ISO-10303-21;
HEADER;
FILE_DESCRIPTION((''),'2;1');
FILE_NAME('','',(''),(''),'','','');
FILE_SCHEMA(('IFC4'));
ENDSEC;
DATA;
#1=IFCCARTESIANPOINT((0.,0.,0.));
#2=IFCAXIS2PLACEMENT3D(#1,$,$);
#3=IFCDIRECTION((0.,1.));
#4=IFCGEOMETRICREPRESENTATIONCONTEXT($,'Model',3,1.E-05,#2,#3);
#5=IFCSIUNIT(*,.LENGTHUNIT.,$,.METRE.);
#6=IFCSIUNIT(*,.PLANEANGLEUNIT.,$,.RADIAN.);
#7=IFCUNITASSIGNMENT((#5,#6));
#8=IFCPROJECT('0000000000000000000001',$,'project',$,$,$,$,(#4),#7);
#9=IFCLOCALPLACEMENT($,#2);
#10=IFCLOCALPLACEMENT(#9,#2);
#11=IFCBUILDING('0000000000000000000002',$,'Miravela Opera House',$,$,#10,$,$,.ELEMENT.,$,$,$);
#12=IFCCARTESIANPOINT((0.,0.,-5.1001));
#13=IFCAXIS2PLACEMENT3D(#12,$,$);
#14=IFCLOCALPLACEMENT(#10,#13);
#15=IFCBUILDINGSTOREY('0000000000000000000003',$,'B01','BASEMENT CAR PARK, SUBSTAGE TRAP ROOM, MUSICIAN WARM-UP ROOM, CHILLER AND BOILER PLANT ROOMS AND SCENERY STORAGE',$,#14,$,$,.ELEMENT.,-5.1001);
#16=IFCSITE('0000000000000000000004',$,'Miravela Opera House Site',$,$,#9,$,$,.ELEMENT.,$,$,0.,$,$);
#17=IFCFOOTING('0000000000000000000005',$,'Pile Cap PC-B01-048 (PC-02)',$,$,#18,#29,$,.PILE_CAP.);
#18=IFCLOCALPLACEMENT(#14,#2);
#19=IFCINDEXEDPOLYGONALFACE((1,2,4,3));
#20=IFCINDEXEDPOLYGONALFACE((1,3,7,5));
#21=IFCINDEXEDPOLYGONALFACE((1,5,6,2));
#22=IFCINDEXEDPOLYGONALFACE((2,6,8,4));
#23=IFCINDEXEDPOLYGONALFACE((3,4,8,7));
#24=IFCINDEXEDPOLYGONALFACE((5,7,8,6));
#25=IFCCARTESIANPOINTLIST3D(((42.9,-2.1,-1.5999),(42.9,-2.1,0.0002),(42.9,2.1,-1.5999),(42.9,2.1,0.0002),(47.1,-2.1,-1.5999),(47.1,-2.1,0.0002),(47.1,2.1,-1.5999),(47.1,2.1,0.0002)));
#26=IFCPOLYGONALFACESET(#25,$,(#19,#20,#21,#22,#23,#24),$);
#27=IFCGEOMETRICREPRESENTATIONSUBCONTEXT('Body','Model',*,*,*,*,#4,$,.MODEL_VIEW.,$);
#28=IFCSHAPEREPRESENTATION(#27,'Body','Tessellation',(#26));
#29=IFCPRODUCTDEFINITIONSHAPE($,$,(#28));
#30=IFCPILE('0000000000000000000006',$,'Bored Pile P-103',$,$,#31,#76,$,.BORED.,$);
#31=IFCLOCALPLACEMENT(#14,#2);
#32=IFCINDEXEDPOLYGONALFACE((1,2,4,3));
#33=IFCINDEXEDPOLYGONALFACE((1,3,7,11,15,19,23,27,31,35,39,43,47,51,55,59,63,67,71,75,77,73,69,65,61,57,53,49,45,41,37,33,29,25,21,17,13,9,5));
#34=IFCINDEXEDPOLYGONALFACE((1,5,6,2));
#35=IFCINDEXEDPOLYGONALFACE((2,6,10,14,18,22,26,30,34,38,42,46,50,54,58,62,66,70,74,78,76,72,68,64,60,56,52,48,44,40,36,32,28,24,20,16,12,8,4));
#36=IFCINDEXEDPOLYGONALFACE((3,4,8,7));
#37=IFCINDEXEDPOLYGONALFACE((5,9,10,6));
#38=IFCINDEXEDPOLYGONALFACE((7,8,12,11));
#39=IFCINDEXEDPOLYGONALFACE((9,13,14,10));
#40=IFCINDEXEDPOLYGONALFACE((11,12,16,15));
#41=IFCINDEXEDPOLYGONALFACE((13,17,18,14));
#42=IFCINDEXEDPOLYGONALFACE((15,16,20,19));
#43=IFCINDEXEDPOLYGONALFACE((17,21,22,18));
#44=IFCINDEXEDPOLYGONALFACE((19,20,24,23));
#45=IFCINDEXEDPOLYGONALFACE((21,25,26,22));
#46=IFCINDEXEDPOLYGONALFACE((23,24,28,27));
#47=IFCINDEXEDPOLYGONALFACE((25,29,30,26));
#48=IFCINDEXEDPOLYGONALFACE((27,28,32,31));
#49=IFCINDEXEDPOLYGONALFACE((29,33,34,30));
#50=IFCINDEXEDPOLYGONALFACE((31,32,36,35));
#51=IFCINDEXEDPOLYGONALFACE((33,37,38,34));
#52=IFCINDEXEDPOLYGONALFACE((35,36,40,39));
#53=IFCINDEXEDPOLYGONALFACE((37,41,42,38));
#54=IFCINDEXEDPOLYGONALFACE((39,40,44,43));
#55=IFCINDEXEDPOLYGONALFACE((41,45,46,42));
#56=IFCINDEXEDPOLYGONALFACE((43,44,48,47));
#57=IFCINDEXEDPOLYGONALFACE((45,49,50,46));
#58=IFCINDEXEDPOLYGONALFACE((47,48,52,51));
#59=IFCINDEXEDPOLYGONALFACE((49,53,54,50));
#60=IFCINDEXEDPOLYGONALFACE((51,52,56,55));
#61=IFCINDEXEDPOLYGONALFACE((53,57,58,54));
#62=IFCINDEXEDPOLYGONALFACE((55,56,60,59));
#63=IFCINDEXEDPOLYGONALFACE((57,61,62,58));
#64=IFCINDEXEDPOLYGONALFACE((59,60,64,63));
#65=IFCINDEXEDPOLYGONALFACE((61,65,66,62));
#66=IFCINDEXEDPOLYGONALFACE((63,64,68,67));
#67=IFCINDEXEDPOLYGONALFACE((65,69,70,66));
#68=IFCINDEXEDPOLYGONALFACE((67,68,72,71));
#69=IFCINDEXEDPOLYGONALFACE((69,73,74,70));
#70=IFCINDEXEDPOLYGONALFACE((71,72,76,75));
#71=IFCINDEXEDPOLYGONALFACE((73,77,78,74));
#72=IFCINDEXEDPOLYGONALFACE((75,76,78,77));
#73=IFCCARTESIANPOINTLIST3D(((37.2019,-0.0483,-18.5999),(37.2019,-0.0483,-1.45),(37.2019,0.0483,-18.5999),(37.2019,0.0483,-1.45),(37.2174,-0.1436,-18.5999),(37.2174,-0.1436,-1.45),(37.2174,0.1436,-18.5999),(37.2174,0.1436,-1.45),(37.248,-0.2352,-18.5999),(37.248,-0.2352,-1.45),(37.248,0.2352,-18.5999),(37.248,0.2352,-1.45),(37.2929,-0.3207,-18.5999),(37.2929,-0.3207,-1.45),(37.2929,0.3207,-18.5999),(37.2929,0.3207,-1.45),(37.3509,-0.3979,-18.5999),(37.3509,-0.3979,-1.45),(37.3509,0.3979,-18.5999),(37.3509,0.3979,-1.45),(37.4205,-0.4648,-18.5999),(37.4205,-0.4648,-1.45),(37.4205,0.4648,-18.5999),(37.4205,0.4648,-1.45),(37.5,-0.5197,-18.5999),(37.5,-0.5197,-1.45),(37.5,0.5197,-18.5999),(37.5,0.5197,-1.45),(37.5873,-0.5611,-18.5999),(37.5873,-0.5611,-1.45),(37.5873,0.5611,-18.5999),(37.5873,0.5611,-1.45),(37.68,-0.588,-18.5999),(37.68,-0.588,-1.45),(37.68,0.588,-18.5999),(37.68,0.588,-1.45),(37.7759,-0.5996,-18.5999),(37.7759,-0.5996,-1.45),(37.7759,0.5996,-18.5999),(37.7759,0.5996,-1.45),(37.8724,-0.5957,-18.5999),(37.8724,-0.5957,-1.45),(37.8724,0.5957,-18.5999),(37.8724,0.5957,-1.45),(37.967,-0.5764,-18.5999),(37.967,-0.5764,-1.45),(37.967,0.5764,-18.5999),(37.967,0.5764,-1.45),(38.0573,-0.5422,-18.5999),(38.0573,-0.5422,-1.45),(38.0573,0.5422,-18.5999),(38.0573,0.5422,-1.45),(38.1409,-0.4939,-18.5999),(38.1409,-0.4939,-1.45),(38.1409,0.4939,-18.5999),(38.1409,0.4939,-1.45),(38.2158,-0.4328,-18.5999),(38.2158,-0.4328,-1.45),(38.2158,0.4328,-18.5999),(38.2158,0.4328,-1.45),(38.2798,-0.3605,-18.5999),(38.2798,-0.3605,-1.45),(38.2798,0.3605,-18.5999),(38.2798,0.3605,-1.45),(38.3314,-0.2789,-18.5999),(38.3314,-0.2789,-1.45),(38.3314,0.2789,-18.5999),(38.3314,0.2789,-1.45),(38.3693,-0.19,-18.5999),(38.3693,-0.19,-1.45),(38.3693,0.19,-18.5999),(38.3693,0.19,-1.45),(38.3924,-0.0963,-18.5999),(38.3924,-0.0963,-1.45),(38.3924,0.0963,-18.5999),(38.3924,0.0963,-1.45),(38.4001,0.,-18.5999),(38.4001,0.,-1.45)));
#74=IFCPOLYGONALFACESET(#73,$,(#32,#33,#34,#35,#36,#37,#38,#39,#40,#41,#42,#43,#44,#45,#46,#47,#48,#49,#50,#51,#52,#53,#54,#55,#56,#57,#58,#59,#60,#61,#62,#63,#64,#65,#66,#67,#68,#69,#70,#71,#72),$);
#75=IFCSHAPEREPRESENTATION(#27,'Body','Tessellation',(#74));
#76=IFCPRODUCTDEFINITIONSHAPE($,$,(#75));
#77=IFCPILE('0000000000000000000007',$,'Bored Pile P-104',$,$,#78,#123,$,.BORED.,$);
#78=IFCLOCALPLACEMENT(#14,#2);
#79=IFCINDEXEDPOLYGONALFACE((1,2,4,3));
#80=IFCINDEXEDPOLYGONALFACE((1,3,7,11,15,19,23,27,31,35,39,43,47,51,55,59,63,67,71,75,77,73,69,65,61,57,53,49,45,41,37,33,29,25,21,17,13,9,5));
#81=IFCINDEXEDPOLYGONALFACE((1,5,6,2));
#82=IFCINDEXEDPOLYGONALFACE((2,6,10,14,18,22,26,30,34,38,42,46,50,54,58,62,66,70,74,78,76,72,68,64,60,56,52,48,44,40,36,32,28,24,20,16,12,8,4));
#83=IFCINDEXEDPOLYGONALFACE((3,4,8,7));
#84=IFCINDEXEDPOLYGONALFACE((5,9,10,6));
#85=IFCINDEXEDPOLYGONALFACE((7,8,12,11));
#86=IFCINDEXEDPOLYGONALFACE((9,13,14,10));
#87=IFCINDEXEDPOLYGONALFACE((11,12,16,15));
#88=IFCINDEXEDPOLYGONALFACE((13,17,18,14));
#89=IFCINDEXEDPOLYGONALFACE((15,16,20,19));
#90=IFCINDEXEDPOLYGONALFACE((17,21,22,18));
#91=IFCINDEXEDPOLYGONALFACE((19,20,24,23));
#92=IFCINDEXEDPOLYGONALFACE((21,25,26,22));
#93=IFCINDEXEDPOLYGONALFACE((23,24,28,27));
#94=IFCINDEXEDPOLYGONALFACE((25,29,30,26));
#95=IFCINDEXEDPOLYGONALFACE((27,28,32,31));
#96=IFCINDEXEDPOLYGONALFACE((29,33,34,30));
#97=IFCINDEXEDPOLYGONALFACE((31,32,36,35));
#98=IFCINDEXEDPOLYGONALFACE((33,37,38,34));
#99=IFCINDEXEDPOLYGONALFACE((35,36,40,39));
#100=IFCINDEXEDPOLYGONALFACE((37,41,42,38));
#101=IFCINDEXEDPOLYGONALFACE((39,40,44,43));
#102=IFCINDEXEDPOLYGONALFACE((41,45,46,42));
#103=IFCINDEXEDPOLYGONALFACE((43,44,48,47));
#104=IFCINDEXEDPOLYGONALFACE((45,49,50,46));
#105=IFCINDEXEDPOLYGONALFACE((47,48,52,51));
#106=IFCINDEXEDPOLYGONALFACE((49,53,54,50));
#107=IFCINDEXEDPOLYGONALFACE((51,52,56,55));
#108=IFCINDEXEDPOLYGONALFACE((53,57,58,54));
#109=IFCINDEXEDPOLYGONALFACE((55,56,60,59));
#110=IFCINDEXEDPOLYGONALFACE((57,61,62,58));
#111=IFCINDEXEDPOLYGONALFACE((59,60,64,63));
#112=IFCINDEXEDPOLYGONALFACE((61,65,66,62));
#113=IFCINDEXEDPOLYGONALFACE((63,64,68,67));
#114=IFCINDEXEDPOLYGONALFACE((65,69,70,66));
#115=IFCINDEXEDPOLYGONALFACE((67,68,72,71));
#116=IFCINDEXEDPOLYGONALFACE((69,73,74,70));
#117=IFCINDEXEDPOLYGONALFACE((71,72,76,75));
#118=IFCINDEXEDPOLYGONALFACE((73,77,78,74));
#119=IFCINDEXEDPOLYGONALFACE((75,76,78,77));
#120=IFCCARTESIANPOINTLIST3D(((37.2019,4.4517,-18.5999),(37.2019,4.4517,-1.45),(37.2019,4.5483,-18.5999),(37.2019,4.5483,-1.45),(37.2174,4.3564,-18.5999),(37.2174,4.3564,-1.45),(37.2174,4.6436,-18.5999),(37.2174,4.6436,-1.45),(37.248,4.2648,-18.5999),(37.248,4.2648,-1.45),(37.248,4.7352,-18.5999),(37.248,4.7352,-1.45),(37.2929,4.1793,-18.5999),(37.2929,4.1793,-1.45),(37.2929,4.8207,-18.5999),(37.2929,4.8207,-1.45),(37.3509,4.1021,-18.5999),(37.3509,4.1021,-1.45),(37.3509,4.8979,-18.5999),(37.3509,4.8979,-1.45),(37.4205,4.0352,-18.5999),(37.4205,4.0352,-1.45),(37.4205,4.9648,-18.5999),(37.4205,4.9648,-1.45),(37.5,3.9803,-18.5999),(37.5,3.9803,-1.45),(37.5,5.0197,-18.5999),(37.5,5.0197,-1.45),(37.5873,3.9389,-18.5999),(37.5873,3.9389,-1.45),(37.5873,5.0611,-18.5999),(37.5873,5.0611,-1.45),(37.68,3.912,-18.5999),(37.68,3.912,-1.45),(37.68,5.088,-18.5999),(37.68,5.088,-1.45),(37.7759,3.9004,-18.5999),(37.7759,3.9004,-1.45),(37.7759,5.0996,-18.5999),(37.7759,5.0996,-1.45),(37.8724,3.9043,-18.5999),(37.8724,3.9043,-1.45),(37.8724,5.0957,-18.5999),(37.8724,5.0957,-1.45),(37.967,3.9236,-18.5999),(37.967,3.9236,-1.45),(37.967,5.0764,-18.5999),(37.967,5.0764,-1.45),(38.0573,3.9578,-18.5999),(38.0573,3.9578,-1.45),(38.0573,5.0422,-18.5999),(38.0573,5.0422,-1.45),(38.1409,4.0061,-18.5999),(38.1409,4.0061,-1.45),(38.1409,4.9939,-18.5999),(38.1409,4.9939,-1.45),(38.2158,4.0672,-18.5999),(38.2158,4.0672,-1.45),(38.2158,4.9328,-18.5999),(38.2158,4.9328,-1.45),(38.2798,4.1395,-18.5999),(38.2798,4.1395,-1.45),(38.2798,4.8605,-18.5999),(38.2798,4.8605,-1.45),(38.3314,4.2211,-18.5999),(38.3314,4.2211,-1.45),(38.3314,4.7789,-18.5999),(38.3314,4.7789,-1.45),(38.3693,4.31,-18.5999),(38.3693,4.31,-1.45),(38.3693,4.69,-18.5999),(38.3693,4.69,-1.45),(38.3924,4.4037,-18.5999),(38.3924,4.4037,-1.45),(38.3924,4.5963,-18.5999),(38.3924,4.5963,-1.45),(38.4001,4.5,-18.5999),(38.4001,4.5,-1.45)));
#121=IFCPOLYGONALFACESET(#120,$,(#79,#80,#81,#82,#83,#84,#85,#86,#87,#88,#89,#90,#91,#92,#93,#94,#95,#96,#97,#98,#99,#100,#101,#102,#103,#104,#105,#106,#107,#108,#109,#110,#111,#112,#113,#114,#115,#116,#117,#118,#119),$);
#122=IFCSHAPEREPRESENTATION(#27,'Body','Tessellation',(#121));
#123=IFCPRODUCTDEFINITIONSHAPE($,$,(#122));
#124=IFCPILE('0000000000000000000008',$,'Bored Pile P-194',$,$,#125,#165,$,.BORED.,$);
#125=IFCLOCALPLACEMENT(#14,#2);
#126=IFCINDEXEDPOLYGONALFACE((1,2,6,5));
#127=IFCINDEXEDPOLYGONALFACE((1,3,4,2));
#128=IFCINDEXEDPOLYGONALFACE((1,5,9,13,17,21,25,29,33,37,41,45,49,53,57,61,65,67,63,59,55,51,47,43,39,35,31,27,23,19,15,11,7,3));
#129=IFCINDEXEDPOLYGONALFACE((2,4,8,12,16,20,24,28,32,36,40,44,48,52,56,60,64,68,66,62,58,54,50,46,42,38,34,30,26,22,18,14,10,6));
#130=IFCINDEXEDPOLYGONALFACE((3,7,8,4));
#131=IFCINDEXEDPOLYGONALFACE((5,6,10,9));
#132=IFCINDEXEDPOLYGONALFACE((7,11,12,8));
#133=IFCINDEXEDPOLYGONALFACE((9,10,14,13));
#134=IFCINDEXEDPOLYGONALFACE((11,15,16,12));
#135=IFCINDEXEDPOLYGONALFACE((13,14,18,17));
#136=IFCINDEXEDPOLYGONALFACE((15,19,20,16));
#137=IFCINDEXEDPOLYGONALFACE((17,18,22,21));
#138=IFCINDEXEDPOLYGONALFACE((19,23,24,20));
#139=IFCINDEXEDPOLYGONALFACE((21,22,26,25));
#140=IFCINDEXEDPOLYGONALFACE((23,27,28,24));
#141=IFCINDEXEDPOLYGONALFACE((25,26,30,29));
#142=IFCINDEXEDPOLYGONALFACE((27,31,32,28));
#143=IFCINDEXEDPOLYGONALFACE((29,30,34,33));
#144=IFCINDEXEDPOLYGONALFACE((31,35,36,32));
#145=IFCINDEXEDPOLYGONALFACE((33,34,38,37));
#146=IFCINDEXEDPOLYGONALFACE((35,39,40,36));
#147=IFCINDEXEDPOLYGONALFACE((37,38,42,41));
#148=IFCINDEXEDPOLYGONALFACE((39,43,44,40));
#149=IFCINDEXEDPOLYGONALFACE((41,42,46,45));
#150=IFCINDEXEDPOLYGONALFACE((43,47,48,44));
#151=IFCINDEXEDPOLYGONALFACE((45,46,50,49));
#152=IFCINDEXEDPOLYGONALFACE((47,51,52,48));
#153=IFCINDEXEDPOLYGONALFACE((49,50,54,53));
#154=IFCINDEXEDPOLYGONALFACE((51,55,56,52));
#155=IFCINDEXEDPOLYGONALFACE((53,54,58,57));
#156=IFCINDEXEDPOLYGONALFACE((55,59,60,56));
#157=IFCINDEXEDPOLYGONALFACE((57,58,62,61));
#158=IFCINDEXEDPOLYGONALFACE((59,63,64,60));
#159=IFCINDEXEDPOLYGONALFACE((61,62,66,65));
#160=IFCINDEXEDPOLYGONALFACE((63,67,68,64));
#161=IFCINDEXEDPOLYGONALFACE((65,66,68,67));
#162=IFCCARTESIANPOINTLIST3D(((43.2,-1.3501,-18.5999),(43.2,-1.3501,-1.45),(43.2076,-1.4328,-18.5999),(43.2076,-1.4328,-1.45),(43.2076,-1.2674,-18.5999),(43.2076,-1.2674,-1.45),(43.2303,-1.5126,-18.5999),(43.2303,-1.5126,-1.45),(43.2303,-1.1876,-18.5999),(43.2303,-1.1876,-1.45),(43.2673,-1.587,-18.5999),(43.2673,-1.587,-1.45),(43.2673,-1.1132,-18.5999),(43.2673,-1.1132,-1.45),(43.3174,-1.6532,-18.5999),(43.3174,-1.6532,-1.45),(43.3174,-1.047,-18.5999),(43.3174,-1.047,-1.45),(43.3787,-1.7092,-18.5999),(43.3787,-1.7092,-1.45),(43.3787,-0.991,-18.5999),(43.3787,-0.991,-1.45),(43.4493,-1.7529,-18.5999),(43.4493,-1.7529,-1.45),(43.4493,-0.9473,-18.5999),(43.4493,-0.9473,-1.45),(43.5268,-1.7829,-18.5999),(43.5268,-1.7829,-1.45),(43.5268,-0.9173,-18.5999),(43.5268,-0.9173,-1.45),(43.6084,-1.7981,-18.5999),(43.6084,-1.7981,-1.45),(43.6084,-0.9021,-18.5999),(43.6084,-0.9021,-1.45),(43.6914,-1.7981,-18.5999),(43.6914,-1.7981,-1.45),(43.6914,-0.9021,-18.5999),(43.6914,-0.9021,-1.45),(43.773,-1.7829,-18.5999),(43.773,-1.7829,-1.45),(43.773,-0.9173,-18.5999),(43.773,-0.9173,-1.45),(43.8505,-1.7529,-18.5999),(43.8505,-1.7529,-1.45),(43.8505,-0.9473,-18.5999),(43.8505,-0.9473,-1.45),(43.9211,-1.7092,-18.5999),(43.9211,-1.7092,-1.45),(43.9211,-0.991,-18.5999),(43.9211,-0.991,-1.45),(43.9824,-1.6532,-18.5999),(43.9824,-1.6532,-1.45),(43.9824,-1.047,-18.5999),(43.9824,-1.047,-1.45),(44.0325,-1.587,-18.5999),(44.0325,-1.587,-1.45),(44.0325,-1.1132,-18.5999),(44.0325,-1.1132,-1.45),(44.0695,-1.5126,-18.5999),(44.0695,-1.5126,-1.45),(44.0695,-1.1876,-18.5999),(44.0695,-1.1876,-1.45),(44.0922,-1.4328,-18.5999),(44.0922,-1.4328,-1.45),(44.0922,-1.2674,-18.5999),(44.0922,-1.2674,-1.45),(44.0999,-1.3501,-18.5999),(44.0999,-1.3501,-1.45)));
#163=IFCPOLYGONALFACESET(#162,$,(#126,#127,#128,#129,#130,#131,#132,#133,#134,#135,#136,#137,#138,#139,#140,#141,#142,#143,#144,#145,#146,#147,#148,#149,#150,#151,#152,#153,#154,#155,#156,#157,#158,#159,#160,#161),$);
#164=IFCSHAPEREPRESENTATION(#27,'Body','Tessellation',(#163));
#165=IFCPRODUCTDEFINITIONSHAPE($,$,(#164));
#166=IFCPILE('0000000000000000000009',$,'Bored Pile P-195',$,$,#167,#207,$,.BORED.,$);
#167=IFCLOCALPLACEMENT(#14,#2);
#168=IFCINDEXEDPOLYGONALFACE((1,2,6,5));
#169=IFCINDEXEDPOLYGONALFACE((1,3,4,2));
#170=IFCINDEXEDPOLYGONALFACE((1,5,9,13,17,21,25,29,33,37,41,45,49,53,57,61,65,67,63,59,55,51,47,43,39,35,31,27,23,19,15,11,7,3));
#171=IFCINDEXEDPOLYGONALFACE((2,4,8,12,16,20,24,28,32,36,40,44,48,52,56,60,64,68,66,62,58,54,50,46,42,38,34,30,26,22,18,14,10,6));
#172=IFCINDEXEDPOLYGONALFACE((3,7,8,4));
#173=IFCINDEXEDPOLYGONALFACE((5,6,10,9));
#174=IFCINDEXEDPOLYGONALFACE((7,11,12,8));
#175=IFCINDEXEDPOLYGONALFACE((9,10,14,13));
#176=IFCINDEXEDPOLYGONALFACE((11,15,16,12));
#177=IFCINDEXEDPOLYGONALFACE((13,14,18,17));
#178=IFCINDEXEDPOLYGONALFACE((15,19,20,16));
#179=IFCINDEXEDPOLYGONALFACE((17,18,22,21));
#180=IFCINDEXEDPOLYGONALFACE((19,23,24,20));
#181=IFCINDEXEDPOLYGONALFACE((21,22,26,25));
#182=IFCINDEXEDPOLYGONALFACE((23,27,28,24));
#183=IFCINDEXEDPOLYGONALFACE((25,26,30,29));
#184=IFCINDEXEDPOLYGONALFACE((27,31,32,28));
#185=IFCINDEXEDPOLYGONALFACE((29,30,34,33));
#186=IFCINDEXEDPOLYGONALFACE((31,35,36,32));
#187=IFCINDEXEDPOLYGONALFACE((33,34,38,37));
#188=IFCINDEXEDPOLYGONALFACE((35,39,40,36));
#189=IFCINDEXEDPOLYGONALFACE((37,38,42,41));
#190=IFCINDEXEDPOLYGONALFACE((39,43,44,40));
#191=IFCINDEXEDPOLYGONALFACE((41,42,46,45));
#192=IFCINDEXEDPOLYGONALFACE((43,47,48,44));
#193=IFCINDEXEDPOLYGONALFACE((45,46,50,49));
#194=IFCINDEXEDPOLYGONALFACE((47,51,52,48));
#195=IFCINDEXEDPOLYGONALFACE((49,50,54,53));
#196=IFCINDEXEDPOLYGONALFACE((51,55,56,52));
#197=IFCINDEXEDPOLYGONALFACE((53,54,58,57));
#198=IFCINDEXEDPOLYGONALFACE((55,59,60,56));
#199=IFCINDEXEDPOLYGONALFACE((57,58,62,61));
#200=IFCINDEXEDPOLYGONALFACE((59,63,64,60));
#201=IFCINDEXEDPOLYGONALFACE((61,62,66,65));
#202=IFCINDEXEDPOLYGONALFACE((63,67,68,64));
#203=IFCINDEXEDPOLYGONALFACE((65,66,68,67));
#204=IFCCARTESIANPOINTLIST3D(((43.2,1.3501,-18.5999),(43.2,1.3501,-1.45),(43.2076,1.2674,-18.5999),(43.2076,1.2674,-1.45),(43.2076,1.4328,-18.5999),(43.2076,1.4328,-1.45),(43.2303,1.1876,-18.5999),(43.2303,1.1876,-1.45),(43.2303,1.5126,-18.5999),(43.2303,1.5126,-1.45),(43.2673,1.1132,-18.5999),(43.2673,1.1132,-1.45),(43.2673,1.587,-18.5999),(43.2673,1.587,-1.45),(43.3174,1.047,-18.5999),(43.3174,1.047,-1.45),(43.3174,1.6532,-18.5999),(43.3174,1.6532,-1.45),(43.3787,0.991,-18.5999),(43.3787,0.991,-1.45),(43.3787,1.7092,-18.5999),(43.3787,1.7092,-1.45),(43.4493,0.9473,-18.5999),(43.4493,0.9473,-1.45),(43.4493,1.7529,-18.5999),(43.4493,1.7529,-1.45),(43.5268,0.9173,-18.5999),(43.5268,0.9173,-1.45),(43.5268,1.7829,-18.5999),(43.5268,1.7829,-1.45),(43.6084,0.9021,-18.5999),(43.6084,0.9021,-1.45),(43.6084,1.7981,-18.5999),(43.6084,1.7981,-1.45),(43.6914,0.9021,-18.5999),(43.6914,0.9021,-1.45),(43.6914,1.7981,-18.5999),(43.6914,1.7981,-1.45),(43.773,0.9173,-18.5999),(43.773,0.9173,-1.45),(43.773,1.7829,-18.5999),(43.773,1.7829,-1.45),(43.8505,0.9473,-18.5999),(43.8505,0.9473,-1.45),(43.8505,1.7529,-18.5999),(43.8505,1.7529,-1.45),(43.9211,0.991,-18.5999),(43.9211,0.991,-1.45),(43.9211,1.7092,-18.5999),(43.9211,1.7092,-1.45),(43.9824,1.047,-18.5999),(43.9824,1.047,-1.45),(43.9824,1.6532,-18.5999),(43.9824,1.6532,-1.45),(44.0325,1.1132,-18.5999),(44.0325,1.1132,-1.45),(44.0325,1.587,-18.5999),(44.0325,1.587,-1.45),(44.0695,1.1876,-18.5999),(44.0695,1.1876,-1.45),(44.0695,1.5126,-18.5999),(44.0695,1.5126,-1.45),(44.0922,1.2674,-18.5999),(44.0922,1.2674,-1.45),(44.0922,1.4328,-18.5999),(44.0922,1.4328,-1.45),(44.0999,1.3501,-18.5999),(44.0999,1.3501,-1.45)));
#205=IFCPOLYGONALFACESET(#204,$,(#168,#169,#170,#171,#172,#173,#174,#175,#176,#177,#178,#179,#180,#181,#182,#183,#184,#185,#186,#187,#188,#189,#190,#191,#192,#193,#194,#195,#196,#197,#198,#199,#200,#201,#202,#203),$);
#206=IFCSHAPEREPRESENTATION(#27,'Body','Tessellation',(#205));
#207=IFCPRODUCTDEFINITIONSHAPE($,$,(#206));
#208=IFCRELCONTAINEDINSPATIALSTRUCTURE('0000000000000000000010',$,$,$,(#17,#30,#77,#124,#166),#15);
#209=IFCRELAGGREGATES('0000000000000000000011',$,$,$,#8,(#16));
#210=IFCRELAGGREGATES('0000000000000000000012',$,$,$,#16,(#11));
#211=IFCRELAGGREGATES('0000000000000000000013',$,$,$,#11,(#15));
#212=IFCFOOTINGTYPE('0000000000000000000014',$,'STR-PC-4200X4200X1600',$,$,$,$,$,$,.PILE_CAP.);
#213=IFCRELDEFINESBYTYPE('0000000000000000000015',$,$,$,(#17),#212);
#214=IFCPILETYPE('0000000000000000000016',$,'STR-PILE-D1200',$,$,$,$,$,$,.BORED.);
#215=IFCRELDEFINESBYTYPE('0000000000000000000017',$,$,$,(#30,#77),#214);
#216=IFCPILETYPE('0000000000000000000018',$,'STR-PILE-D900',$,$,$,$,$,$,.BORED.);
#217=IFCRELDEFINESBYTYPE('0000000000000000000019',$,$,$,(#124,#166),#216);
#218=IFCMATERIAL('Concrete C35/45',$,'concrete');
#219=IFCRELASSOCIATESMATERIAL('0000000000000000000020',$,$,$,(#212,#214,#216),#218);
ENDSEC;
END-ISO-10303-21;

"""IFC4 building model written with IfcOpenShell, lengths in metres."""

from ifc_helpers import new_model, si_unit, direction, frame, origin, origin_2d, place, context, subcontext, project, spatial, rectangle, circle, extrude, material, material_profile, profile_set, type_object, element, save


model = new_model("IFC4")

# Units and contexts
model_context = context("Model", 3, precision=1e-05, world=origin(), true_north=direction((0.0, 1.0)))
body_context = subcontext(model_context, "Body", "Model", "MODEL_VIEW")
ifc_project = project(units=[si_unit("LENGTHUNIT", "METRE"), si_unit("PLANEANGLEUNIT", "RADIAN")], contexts=[model_context])

# Site, building, storey
site_placement = place(None, origin())
site = spatial("IfcSite", under=ifc_project, at=site_placement, Name="Miravela Opera House Site", CompositionType="ELEMENT", RefElevation=0.0)
building_placement = place(site_placement, origin())
building = spatial("IfcBuilding", under=site, at=building_placement, Name="Miravela Opera House", CompositionType="ELEMENT")
storey_placement = place(building_placement, frame((0.0, 0.0, -5.1001)))
storey = spatial("IfcBuildingStorey", under=building, at=storey_placement, Name="B01", Description="BASEMENT CAR PARK, SUBSTAGE TRAP ROOM, MUSICIAN WARM-UP ROOM, CHILLER AND BOILER PLANT ROOMS AND SCENERY STORAGE", CompositionType="ELEMENT", Elevation=-5.1001)

# Footing
ifc_material_1 = material(Name="Concrete C35/45", Category="concrete")
footing_type = type_object("IfcFootingType", Name="STR-PC-4200X4200X1600", PredefinedType="PILE_CAP", material=ifc_material_1)
footing_placement = place(storey_placement, frame((45.0, 0.0, -1.5999), z_axis=(0.0, 0.0, 1.0), x_axis=(1.0, 0.0, 0.0)))
element("IfcFooting", 1, at=footing_placement, inside=storey, type_object=footing_type, Name="Pile Cap PC-B01-048 (PC-02)", PredefinedType="PILE_CAP", context=body_context, shape_type="SweptSolid", body=[
    extrude(rectangle(XDim=4.2, YDim=4.2, at=origin_2d()), origin(), (0.0, 0.0, 1.0), 1.6001),
])

# Piles
ifc_material_profile_1 = material_profile(ifc_material_1, circle(Radius=0.6001, at=origin_2d()), Name="PILE-D1200")
ifc_profile_set_1 = profile_set([ifc_material_profile_1])
pile_type_1 = type_object("IfcPileType", Name="STR-PILE-D1200", PredefinedType="BORED", material=ifc_profile_set_1)
for number, where, z_axis, x_axis, name in (
    (2, (37.8, 0.0, -1.45), (0.0, 0.0, -1.0), (1.0, 0.0, 0.0), "Bored Pile P-103"),
    (3, (37.8, 4.5, -1.45), (0.0, 0.0, -1.0), (1.0, 0.0, 0.0), "Bored Pile P-104"),
):
    element("IfcPile", number, at=place(storey_placement, frame(where, z_axis=z_axis, x_axis=x_axis)), inside=storey, type_object=pile_type_1, Name=name, PredefinedType="BORED", context=body_context, shape_type="SweptSolid", body=[
        extrude(circle(Radius=0.6001, at=origin_2d()), origin(), (0.0, 0.0, 1.0), 17.1499),
    ])
ifc_material_profile_2 = material_profile(ifc_material_1, circle(Radius=0.45, at=origin_2d()), Name="PILE-D900")
ifc_profile_set_2 = profile_set([ifc_material_profile_2])
pile_type_2 = type_object("IfcPileType", Name="STR-PILE-D900", PredefinedType="BORED", material=ifc_profile_set_2)
for number, where, z_axis, x_axis, name in (
    (4, (43.6499, -1.3501, -1.45), (0.0, 0.0, -1.0), (1.0, 0.0, 0.0), "Bored Pile P-194"),
    (5, (43.6499, 1.3501, -1.45), (0.0, 0.0, -1.0), (1.0, 0.0, 0.0), "Bored Pile P-195"),
):
    element("IfcPile", number, at=place(storey_placement, frame(where, z_axis=z_axis, x_axis=x_axis)), inside=storey, type_object=pile_type_2, Name=name, PredefinedType="BORED", context=body_context, shape_type="SweptSolid", body=[
        extrude(circle(Radius=0.45, at=origin_2d()), origin(), (0.0, 0.0, 1.0), 17.1499),
    ])

save(model, "model.ifc")
